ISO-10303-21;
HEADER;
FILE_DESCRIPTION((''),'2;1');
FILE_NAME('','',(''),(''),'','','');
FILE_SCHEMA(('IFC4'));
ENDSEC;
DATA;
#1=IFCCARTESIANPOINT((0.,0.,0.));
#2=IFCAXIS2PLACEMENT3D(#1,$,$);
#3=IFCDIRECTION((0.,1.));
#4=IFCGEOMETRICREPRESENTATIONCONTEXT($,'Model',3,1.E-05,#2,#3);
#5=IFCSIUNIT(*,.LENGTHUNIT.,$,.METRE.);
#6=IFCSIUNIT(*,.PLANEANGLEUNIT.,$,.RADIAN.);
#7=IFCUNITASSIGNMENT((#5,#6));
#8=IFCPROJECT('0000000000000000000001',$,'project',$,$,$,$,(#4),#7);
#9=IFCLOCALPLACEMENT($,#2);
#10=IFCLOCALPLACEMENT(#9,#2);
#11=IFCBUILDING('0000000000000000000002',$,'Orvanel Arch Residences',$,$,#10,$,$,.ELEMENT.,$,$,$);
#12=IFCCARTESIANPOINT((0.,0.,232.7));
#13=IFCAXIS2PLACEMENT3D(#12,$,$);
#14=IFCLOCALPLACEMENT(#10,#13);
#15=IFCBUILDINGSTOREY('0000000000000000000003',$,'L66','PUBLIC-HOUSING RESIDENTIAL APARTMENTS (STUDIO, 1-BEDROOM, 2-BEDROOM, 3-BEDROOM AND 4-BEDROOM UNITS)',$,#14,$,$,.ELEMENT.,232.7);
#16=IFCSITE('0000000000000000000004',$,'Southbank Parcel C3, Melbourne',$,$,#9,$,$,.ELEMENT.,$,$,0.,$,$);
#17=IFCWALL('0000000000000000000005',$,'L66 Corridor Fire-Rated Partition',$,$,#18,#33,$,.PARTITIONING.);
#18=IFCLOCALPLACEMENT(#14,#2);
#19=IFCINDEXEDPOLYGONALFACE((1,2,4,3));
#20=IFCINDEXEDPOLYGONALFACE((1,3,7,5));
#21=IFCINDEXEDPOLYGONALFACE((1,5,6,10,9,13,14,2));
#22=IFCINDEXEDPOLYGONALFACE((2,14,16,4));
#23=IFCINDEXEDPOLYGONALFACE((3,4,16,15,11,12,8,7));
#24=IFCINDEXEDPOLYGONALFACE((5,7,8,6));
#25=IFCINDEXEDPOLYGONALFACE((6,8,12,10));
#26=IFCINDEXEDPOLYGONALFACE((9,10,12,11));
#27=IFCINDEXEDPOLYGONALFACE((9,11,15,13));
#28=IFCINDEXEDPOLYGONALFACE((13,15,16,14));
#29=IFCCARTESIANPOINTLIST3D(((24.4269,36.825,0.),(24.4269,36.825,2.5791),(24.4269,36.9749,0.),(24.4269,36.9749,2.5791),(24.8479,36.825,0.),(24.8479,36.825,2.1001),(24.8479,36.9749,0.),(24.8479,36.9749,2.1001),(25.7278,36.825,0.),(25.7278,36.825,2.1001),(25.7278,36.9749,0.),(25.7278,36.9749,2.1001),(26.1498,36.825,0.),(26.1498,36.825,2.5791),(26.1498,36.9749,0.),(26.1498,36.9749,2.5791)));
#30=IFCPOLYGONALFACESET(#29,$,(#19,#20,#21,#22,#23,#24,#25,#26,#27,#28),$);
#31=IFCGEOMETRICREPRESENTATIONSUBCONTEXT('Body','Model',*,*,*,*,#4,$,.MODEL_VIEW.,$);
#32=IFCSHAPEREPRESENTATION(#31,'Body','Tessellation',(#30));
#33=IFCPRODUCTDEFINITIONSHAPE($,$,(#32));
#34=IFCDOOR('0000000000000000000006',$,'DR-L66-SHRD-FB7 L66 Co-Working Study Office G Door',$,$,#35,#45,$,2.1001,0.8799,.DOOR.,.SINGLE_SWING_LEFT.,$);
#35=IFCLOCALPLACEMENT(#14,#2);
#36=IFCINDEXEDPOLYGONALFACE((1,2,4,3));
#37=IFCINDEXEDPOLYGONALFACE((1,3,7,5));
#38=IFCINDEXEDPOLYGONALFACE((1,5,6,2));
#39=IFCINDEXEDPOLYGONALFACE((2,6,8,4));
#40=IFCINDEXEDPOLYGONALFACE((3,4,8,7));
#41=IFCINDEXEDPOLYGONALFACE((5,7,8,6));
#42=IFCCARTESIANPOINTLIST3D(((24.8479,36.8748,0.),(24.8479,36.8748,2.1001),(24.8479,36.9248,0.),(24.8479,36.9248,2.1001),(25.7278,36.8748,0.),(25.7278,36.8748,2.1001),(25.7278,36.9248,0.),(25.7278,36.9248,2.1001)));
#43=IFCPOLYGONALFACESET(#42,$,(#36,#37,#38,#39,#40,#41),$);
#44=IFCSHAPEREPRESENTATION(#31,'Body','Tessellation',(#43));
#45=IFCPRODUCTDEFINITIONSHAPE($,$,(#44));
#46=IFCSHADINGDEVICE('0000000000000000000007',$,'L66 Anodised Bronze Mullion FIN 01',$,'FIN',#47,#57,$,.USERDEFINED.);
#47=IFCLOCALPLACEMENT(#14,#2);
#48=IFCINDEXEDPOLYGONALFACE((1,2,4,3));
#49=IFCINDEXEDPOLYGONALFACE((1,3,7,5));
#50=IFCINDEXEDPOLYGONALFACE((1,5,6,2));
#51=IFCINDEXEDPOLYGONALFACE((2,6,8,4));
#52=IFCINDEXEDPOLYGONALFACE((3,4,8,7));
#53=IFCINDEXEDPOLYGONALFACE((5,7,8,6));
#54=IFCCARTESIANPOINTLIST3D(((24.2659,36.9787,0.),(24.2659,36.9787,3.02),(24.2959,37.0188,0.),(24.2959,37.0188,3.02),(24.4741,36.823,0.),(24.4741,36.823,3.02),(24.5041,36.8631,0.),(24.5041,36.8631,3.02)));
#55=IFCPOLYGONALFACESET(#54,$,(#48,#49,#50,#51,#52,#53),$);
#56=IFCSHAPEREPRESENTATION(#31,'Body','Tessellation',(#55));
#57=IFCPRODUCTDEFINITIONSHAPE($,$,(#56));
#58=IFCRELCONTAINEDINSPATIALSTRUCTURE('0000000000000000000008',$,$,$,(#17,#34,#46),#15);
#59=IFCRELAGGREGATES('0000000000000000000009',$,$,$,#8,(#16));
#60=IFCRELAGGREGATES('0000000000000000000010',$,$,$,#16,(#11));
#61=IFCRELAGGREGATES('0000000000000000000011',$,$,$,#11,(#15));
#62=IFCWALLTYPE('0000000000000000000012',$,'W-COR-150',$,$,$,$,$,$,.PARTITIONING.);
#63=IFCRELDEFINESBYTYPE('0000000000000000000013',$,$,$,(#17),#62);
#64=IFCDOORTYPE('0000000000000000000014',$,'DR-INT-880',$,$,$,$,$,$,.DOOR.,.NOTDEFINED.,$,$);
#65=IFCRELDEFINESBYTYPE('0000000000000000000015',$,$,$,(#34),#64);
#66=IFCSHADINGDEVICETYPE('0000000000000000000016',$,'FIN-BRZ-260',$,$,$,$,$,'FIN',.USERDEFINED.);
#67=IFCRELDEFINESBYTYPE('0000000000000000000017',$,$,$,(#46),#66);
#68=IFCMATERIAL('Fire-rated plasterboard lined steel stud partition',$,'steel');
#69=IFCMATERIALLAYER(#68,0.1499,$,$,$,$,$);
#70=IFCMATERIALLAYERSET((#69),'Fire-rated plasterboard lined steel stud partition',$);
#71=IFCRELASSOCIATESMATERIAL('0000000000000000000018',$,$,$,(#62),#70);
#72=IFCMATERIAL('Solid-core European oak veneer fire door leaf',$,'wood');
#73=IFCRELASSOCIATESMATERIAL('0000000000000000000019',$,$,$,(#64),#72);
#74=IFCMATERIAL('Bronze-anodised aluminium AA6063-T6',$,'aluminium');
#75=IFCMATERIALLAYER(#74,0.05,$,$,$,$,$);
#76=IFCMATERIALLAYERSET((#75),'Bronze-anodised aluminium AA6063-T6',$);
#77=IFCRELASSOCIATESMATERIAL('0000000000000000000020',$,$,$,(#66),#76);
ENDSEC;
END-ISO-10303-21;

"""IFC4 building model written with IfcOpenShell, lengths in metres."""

from ifc_helpers import new_model, si_unit, direction, frame, frame_2d, origin, origin_2d, place, context, subcontext, project, spatial, rectangle, extrude, material, layer, layer_set, type_object, element, fill, save


model = new_model("IFC4")

# Units and contexts
model_context = context("Model", 3, precision=1e-05, world=origin(), true_north=direction((0.0, 1.0)))
body_context = subcontext(model_context, "Body", "Model", "MODEL_VIEW")
ifc_project = project(units=[si_unit("LENGTHUNIT", "METRE"), si_unit("PLANEANGLEUNIT", "RADIAN")], contexts=[model_context])

# Site, building, storey
site_placement = place(None, origin())
site = spatial("IfcSite", under=ifc_project, at=site_placement, Name="Southbank Parcel C3, Melbourne", CompositionType="ELEMENT", RefElevation=0.0)
building_placement = place(site_placement, origin())
building = spatial("IfcBuilding", under=site, at=building_placement, Name="Orvanel Arch Residences", CompositionType="ELEMENT")
storey_placement = place(building_placement, frame((0.0, 0.0, 232.7)))
storey = spatial("IfcBuildingStorey", under=building, at=storey_placement, Name="L66", Description="PUBLIC-HOUSING RESIDENTIAL APARTMENTS (STUDIO, 1-BEDROOM, 2-BEDROOM, 3-BEDROOM AND 4-BEDROOM UNITS)", CompositionType="ELEMENT", Elevation=232.7)

# Shared definitions
ifc_material_1 = material(Name="Bronze-anodised aluminium AA6063-T6", Category="aluminium")

# Wall, opening, door
ifc_material_2 = material(Name="Fire-rated plasterboard lined steel stud partition", Category="steel")
ifc_layer_1 = layer(ifc_material_2, 0.1499)
ifc_layer_set_1 = layer_set([ifc_layer_1], Name="Fire-rated plasterboard lined steel stud partition")
wall_type = type_object("IfcWallType", Name="W-COR-150", PredefinedType="PARTITIONING", material=ifc_layer_set_1)
wall_placement = place(storey_placement, frame((24.427, 36.8999, 0.0), z_axis=(0.0, 0.0, 1.0), x_axis=(1.0, 0.0, 0.0)))
wall = element("IfcWall", 1, at=wall_placement, inside=storey, type_object=wall_type, Name="L66 Corridor Fire-Rated Partition", PredefinedType="PARTITIONING", context=body_context, shape_type="SweptSolid", body=[
    extrude(rectangle(XDim=1.7229, YDim=0.1499, at=frame_2d((0.8613, 0.0))), origin(), (0.0, 0.0, 1.0), 2.5791),
])
opening_placement = place(wall_placement, frame((0.4209, 0.0, 0.0)))
opening = element("IfcOpeningElement", 2, at=opening_placement, cuts=wall, PredefinedType="OPENING", context=body_context, shape_type="SweptSolid", body=[
    extrude(rectangle(XDim=0.8799, YDim=2.1001, at=frame_2d((0.4399, 1.05))), frame((0.0, 0.085, 0.0), z_axis=(0.0, -1.0, 0.0), x_axis=(1.0, 0.0, 0.0)), (0.0, 0.0, 1.0), 0.1699),
])
ifc_material_3 = material(Name="Solid-core European oak veneer fire door leaf", Category="wood")
door_type = type_object("IfcDoorType", Name="DR-INT-880", OperationType="NOTDEFINED", PredefinedType="DOOR", material=ifc_material_3)
door_placement = place(opening_placement, origin())
door = element("IfcDoor", 3, at=door_placement, inside=storey, type_object=door_type, Name="DR-L66-SHRD-FB7 L66 Co-Working Study Office G Door", OperationType="SINGLE_SWING_LEFT", OverallHeight=2.1001, OverallWidth=0.8799, PredefinedType="DOOR", context=body_context, shape_type="SweptSolid", body=[
    extrude(rectangle(XDim=0.8799, YDim=2.1001, at=frame_2d((0.4399, 1.05))), frame((0.0, 0.0249, 0.0), z_axis=(0.0, -1.0, 0.0), x_axis=(1.0, 0.0, 0.0)), (0.0, 0.0, 1.0), 0.05),
])
fill(opening, door)

# Shading device
ifc_layer_2 = layer(ifc_material_1, 0.05)
ifc_layer_set_2 = layer_set([ifc_layer_2], Name="Bronze-anodised aluminium AA6063-T6")
shading_device_type = type_object("IfcShadingDeviceType", Name="FIN-BRZ-260", ElementType="FIN", PredefinedType="USERDEFINED", material=ifc_layer_set_2)
shading_device_placement = place(storey_placement, frame((24.385, 36.9209, 0.0), z_axis=(0.0, 0.0, 1.0), x_axis=(-0.800731, 0.599024, 0.0)))
element("IfcShadingDevice", 4, at=shading_device_placement, inside=storey, type_object=shading_device_type, Name="L66 Anodised Bronze Mullion FIN 01", ObjectType="FIN", PredefinedType="USERDEFINED", context=body_context, shape_type="SweptSolid", body=[
    extrude(rectangle(XDim=0.26, YDim=0.05, at=origin_2d()), origin(), (0.0, 0.0, 1.0), 3.02),
])

save(model, "model.ifc")
